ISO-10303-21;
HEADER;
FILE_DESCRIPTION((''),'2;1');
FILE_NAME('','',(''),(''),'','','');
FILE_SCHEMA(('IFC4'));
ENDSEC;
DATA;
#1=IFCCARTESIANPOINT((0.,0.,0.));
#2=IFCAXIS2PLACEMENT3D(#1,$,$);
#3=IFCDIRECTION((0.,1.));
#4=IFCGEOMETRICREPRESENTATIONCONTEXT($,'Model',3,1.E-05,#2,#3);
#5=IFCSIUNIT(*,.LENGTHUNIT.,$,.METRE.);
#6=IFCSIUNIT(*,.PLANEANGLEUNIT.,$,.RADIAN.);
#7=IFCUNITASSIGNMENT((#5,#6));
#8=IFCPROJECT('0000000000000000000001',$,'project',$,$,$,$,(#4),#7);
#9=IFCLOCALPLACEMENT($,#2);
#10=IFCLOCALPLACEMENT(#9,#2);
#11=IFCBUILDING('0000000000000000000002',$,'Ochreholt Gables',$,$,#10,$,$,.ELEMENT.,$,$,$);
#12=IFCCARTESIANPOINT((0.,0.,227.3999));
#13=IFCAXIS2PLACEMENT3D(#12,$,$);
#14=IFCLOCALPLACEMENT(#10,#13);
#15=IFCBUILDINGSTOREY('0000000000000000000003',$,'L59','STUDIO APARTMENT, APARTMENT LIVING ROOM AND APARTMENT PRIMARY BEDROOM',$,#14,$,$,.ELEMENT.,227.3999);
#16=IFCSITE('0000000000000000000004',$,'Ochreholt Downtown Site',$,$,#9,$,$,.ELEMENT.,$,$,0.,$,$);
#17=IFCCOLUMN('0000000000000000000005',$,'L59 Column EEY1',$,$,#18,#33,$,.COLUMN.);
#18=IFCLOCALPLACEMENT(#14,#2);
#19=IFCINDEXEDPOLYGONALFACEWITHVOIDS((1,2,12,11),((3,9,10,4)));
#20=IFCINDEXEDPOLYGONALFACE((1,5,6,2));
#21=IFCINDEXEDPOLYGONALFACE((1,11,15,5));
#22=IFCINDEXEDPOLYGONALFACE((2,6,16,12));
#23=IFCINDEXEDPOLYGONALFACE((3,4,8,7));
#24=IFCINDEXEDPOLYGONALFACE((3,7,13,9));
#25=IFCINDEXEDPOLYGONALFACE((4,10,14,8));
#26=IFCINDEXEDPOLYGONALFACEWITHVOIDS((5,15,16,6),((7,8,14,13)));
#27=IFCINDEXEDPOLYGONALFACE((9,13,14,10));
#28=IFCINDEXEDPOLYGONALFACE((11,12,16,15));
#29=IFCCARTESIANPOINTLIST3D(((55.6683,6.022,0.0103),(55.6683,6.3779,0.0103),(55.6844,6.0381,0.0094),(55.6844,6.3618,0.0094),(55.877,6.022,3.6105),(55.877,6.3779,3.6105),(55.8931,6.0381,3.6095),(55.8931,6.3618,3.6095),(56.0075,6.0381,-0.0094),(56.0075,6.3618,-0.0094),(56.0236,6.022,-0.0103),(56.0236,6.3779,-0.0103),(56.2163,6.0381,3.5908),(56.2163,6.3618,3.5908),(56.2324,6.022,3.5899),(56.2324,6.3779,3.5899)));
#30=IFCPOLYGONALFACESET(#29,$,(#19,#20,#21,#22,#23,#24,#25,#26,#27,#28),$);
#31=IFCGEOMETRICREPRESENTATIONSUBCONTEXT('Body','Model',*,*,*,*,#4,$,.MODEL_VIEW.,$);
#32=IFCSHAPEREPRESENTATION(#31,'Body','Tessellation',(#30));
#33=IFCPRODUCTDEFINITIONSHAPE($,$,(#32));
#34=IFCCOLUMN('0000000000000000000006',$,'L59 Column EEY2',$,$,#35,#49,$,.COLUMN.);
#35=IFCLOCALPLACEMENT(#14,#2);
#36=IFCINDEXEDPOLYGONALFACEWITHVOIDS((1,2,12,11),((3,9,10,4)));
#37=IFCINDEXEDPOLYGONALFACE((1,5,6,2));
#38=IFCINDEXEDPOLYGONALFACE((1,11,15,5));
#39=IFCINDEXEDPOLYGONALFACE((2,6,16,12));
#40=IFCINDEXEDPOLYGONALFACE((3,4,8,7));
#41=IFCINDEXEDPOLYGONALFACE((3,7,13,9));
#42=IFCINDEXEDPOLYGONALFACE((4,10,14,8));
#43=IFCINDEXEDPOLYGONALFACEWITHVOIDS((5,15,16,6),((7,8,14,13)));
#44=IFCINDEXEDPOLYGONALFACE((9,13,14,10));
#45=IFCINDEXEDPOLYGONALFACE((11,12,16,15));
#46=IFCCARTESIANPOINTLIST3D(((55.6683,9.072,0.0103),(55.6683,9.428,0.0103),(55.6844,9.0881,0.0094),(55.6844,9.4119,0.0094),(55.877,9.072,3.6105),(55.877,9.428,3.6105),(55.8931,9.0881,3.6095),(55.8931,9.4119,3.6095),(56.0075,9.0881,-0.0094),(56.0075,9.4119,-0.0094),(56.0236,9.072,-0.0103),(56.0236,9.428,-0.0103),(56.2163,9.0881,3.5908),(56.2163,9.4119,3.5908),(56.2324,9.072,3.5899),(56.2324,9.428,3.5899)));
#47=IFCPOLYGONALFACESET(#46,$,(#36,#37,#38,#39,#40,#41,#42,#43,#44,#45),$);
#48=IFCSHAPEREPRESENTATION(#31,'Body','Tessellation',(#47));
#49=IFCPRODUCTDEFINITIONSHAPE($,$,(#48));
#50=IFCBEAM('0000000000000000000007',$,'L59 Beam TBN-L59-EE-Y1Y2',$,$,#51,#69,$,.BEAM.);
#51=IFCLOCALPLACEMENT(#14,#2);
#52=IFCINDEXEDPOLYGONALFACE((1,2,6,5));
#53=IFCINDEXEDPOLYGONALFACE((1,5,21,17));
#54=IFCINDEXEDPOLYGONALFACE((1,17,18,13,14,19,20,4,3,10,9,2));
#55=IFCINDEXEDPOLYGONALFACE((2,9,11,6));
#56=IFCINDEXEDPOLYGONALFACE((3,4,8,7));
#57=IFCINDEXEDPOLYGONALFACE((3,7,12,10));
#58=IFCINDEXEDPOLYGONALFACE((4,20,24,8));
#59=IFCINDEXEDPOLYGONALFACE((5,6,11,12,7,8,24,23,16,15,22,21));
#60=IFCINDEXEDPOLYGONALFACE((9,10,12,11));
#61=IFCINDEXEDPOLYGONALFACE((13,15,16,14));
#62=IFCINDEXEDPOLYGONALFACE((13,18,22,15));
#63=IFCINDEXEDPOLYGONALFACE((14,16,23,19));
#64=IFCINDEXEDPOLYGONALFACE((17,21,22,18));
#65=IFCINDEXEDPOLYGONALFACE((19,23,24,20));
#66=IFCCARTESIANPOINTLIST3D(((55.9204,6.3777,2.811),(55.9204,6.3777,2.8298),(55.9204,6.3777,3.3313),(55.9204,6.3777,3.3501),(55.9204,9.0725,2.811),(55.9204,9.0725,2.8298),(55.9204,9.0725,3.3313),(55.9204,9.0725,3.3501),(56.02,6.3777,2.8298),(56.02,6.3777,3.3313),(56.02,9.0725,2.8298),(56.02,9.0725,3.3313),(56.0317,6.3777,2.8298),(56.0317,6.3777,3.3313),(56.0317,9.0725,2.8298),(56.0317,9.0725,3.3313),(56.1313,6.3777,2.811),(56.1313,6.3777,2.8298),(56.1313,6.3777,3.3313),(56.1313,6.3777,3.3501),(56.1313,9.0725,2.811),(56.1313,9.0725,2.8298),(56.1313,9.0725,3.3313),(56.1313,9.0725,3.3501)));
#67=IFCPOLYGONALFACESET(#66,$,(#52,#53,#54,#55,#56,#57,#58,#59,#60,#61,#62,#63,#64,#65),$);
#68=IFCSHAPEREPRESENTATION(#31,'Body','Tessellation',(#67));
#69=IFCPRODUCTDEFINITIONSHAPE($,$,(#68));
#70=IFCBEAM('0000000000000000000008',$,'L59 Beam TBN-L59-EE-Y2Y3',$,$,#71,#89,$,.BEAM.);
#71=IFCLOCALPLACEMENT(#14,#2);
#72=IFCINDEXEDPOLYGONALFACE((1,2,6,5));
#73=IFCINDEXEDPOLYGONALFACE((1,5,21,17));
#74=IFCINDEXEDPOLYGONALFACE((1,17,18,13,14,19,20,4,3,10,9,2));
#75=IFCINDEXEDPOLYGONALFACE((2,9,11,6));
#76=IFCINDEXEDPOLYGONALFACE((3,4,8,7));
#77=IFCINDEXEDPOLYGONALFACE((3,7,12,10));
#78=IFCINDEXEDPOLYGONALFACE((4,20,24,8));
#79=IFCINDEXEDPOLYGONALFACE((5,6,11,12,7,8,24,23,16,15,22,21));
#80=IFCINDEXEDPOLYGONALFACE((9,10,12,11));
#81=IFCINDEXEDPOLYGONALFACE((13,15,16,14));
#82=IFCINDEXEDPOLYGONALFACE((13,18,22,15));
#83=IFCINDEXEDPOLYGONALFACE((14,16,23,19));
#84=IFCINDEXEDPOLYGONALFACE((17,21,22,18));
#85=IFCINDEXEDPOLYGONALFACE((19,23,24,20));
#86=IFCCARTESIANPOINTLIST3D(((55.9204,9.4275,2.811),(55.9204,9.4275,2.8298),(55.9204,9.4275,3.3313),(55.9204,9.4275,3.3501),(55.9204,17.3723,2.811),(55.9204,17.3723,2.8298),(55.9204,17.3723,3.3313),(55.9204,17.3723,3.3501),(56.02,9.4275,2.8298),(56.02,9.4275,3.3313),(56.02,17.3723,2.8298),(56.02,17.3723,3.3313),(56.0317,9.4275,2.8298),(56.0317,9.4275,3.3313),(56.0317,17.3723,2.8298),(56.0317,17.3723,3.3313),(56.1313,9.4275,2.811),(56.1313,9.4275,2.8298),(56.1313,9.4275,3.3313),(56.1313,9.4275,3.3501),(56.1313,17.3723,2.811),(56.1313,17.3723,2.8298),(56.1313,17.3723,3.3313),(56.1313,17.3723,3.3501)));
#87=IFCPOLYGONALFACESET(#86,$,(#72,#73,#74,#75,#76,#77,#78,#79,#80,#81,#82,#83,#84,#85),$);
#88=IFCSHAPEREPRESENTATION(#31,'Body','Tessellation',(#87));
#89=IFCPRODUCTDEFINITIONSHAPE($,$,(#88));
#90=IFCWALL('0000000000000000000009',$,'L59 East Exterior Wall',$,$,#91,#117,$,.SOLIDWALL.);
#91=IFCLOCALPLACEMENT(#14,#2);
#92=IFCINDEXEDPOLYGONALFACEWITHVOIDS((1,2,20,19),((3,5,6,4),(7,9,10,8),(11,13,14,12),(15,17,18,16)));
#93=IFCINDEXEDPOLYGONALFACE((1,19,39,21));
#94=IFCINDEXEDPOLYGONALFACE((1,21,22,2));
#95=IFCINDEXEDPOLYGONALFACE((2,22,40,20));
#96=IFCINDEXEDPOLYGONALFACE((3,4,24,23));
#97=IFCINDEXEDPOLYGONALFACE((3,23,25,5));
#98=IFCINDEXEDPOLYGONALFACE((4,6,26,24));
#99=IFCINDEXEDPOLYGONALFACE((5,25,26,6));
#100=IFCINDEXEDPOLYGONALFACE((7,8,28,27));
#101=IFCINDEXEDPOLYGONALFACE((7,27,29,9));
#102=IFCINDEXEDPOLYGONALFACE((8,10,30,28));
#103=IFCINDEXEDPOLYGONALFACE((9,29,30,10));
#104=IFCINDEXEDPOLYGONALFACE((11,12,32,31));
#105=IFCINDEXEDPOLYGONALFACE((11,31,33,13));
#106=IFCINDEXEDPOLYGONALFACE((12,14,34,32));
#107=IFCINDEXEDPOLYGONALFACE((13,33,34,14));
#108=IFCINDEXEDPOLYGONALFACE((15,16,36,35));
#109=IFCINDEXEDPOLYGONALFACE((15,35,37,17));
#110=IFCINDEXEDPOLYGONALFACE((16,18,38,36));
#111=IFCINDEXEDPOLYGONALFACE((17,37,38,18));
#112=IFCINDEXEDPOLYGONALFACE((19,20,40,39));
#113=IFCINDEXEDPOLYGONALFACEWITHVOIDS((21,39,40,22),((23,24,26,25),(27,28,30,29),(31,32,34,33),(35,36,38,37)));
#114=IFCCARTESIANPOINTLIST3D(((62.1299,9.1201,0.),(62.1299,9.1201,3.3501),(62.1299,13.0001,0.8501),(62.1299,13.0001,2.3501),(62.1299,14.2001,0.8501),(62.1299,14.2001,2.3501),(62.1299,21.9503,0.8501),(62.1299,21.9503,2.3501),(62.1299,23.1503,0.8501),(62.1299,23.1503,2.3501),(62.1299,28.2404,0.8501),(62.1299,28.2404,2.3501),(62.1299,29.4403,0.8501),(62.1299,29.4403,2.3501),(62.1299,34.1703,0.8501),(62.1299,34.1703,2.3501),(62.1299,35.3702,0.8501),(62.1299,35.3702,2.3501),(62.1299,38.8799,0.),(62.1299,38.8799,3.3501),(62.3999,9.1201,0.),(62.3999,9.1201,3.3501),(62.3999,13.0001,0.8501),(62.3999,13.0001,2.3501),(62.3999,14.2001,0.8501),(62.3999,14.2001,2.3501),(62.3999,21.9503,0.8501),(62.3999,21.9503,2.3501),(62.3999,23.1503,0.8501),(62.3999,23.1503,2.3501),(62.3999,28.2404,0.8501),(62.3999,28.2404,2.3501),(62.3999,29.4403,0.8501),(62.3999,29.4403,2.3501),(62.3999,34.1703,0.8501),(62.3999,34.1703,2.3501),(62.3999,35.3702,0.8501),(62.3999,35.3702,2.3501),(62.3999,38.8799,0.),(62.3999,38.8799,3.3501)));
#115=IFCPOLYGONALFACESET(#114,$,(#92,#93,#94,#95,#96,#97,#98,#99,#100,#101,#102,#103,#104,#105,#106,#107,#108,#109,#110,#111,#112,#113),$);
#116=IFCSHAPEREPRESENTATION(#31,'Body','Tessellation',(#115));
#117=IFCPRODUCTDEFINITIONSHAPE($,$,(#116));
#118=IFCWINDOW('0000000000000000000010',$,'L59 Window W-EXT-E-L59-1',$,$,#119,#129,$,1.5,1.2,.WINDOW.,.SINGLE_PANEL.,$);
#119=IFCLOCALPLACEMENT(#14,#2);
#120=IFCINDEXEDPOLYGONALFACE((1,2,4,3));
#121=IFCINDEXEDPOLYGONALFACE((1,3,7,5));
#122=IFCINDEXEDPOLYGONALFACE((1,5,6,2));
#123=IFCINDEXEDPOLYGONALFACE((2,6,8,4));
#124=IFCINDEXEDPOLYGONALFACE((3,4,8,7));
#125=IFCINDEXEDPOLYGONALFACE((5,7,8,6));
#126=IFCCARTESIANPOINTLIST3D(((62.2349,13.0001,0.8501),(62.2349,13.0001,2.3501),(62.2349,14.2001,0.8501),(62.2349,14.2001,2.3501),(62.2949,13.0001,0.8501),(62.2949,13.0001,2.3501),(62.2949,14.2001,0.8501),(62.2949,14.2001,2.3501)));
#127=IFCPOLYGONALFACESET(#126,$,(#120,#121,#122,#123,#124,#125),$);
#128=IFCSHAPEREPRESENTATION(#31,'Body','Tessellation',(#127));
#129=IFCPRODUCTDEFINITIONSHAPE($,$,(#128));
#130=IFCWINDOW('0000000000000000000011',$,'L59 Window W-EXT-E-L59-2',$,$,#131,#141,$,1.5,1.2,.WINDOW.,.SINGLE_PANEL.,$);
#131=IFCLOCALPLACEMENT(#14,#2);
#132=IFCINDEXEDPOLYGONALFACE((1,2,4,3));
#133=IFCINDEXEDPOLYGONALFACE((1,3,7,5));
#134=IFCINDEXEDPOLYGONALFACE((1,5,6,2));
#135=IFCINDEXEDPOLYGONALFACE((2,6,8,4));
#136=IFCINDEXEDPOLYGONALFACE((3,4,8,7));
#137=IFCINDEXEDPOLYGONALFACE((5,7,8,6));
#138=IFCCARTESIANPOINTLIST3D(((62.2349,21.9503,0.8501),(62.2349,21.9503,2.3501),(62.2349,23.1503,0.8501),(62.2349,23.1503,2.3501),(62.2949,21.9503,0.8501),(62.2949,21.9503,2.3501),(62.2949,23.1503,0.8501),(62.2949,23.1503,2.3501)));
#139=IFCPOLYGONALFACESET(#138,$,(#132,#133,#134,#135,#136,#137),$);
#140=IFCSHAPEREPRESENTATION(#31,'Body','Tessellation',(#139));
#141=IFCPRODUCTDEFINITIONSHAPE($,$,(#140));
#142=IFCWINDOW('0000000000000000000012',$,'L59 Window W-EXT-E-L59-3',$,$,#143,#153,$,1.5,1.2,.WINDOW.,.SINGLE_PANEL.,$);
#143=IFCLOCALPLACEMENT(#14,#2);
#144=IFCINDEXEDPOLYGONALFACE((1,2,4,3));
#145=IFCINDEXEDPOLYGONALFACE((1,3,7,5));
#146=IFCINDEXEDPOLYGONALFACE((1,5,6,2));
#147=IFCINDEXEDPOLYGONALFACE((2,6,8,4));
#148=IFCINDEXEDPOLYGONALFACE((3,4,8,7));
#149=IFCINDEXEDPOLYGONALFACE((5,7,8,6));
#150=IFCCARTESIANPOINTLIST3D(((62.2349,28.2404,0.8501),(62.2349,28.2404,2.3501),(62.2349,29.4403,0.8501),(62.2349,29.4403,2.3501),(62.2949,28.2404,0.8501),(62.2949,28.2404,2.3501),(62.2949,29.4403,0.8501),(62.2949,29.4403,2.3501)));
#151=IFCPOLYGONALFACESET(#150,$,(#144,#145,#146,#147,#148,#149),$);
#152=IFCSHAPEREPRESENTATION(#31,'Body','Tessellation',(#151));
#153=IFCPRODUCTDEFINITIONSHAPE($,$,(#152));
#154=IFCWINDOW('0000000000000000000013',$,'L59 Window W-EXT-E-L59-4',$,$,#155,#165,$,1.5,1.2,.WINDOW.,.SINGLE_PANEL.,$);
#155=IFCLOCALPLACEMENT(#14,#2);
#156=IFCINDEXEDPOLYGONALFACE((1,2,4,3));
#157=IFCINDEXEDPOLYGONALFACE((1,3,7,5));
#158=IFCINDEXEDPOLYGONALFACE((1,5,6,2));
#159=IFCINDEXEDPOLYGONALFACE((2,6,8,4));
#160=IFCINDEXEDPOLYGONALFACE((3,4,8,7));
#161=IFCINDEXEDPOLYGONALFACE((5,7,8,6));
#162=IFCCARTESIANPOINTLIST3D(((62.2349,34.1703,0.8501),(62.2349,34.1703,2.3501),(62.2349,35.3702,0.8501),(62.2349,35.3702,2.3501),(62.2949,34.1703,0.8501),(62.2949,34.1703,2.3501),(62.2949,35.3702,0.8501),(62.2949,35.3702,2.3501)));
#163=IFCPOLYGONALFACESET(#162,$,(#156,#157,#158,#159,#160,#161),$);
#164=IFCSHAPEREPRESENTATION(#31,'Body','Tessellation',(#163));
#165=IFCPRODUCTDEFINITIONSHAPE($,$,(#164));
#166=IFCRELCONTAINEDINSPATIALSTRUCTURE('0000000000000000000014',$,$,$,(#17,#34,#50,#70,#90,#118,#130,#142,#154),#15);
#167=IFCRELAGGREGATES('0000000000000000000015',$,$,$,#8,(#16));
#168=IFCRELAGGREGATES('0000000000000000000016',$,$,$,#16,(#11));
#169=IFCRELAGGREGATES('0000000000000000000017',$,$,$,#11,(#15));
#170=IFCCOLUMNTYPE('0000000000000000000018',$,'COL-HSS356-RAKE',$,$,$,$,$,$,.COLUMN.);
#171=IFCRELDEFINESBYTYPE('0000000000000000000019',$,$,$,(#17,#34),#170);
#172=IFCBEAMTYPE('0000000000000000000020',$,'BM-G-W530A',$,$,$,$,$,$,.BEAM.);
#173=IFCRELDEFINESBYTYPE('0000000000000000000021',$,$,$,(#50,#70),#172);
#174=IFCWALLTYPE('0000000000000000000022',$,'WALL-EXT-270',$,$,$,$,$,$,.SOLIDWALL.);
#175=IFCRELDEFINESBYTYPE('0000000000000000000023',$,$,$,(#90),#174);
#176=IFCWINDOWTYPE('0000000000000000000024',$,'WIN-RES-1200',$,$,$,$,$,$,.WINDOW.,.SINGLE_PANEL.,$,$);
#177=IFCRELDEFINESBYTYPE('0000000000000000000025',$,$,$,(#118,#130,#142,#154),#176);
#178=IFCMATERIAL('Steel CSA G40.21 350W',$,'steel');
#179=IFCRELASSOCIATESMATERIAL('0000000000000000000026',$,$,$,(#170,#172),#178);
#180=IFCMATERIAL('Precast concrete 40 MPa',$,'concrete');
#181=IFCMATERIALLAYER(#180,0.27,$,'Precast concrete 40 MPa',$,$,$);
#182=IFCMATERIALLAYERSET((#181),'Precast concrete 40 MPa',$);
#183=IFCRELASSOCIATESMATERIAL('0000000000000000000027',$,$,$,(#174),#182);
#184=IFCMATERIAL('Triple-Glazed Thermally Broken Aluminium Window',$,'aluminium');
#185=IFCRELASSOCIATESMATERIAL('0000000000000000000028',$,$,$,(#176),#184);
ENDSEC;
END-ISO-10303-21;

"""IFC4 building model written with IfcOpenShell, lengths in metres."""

from ifc_helpers import new_model, si_unit, direction, frame, frame_2d, origin, origin_2d, place, context, subcontext, project, spatial, rectangle, hollow_rectangle, i_section, extrude, material, layer, layer_set, material_profile, profile_set, type_object, element, fill, save


model = new_model("IFC4")

# Units and contexts
model_context = context("Model", 3, precision=1e-05, world=origin(), true_north=direction((0.0, 1.0)))
body_context = subcontext(model_context, "Body", "Model", "MODEL_VIEW")
ifc_project = project(units=[si_unit("LENGTHUNIT", "METRE"), si_unit("PLANEANGLEUNIT", "RADIAN")], contexts=[model_context])

# Site, building, storey
site_placement = place(None, origin())
site = spatial("IfcSite", under=ifc_project, at=site_placement, Name="Ochreholt Downtown Site", CompositionType="ELEMENT", RefElevation=0.0)
building_placement = place(site_placement, origin())
building = spatial("IfcBuilding", under=site, at=building_placement, Name="Ochreholt Gables", CompositionType="ELEMENT")
storey_placement = place(building_placement, frame((0.0, 0.0, 227.3999)))
storey = spatial("IfcBuildingStorey", under=building, at=storey_placement, Name="L59", Description="STUDIO APARTMENT, APARTMENT LIVING ROOM AND APARTMENT PRIMARY BEDROOM", CompositionType="ELEMENT", Elevation=227.3999)

# Columns
ifc_material_1 = material(Name="Steel CSA G40.21 350W", Category="steel")
ifc_material_profile_1 = material_profile(ifc_material_1, hollow_rectangle(XDim=0.356, YDim=0.356, WallThickness=0.0161, at=origin_2d()), Name="HSS356X356X16")
ifc_profile_set_1 = profile_set([ifc_material_profile_1], Name="Steel CSA G40.21 350W")
column_type = type_object("IfcColumnType", Name="COL-HSS356-RAKE", PredefinedType="COLUMN", material=ifc_profile_set_1)
for number, where, z_axis, x_axis, name in (
    (1, (55.8459, 6.2, 0.0), (0.057885, 0.0, 0.998323), (0.0, 1.0, 0.0), "L59 Column EEY1"),
    (2, (55.8459, 9.25, 0.0), (0.057885, 0.0, 0.998323), (0.0, 1.0, 0.0), "L59 Column EEY2"),
):
    element("IfcColumn", number, at=place(storey_placement, frame(where, z_axis=z_axis, x_axis=x_axis)), inside=storey, type_object=column_type, Name=name, PredefinedType="COLUMN", context=body_context, shape_type="SweptSolid", body=[
        extrude(hollow_rectangle(XDim=0.356, YDim=0.356, WallThickness=0.0161, at=origin_2d()), origin(), (0.0, 0.0, 1.0), 3.6062),
    ])

# Beams
ifc_material_profile_2 = material_profile(ifc_material_1, i_section(OverallWidth=0.2109, OverallDepth=0.5391, WebThickness=0.0117, FlangeThickness=0.0188, at=origin_2d()), Name="W530X109")
ifc_profile_set_2 = profile_set([ifc_material_profile_2], Name="Steel CSA G40.21 350W")
beam_type = type_object("IfcBeamType", Name="BM-G-W530A", PredefinedType="BEAM", material=ifc_profile_set_2)
beam_1_placement = place(storey_placement, frame((56.0259, 6.3777, 3.0806), z_axis=(0.0, 1.0, 0.0), x_axis=(-1.0, 0.0, 0.0)))
element("IfcBeam", 3, at=beam_1_placement, inside=storey, type_object=beam_type, Name="L59 Beam TBN-L59-EE-Y1Y2", PredefinedType="BEAM", context=body_context, shape_type="SweptSolid", body=[
    extrude(i_section(OverallWidth=0.2109, OverallDepth=0.5391, WebThickness=0.0117, FlangeThickness=0.0188, at=origin_2d()), origin(), (0.0, 0.0, 1.0), 2.6948),
])
beam_2_placement = place(storey_placement, frame((56.0259, 9.4275, 3.0806), z_axis=(0.0, 1.0, 0.0), x_axis=(-1.0, 0.0, 0.0)))
element("IfcBeam", 4, at=beam_2_placement, inside=storey, type_object=beam_type, Name="L59 Beam TBN-L59-EE-Y2Y3", PredefinedType="BEAM", context=body_context, shape_type="SweptSolid", body=[
    extrude(i_section(OverallWidth=0.2109, OverallDepth=0.5391, WebThickness=0.0117, FlangeThickness=0.0188, at=origin_2d()), origin(), (0.0, 0.0, 1.0), 7.9448),
])

# Wall, openings, windows
ifc_material_2 = material(Name="Precast concrete 40 MPa", Category="concrete")
ifc_layer_1 = layer(ifc_material_2, 0.27, Name="Precast concrete 40 MPa")
ifc_layer_set_1 = layer_set([ifc_layer_1], Name="Precast concrete 40 MPa")
wall_type_1 = type_object("IfcWallType", Name="WALL-EXT-270", PredefinedType="SOLIDWALL", material=ifc_layer_set_1)
wall_1_placement = place(storey_placement, frame((62.2649, 9.1201, 0.0), z_axis=(0.0, 0.0, 1.0), x_axis=(0.0, 1.0, 0.0)))
wall_1 = element("IfcWall", 5, at=wall_1_placement, inside=storey, type_object=wall_type_1, Name="L59 East Exterior Wall", PredefinedType="SOLIDWALL", context=body_context, shape_type="SweptSolid", body=[
    extrude(rectangle(XDim=29.7598, YDim=0.27, at=frame_2d((14.8799, 0.0))), origin(), (0.0, 0.0, 1.0), 3.3501),
])
opening_1_placement = place(wall_1_placement, frame((3.8799, 0.0, 0.8501)))
opening_1 = element("IfcOpeningElement", 6, at=opening_1_placement, cuts=wall_1, PredefinedType="OPENING", context=body_context, shape_type="SweptSolid", body=[
    extrude(rectangle(XDim=1.2, YDim=1.5, at=frame_2d((0.6001, 0.75))), frame((0.0, 0.145, 0.0), z_axis=(0.0, -1.0, 0.0), x_axis=(1.0, 0.0, 0.0)), (0.0, 0.0, 1.0), 0.29),
])
opening_2_placement = place(wall_1_placement, frame((12.8301, 0.0, 0.8501)))
opening_2 = element("IfcOpeningElement", 7, at=opening_2_placement, cuts=wall_1, PredefinedType="OPENING", context=body_context, shape_type="SweptSolid", body=[
    extrude(rectangle(XDim=1.2, YDim=1.5, at=frame_2d((0.6001, 0.75))), frame((0.0, 0.145, 0.0), z_axis=(0.0, -1.0, 0.0), x_axis=(1.0, 0.0, 0.0)), (0.0, 0.0, 1.0), 0.29),
])
opening_3_placement = place(wall_1_placement, frame((19.1201, 0.0, 0.8501)))
opening_3 = element("IfcOpeningElement", 8, at=opening_3_placement, cuts=wall_1, PredefinedType="OPENING", context=body_context, shape_type="SweptSolid", body=[
    extrude(rectangle(XDim=1.2, YDim=1.5, at=frame_2d((0.6001, 0.75))), frame((0.0, 0.145, 0.0), z_axis=(0.0, -1.0, 0.0), x_axis=(1.0, 0.0, 0.0)), (0.0, 0.0, 1.0), 0.29),
])
opening_4_placement = place(wall_1_placement, frame((25.05, 0.0, 0.8501)))
opening_4 = element("IfcOpeningElement", 9, at=opening_4_placement, cuts=wall_1, PredefinedType="OPENING", context=body_context, shape_type="SweptSolid", body=[
    extrude(rectangle(XDim=1.2, YDim=1.5, at=frame_2d((0.6001, 0.75))), frame((0.0, 0.145, 0.0), z_axis=(0.0, -1.0, 0.0), x_axis=(1.0, 0.0, 0.0)), (0.0, 0.0, 1.0), 0.29),
])
ifc_material_3 = material(Name="Triple-Glazed Thermally Broken Aluminium Window", Category="aluminium")
window_type = type_object("IfcWindowType", Name="WIN-RES-1200", PartitioningType="SINGLE_PANEL", PredefinedType="WINDOW", material=ifc_material_3)
window_1_placement = place(opening_1_placement, origin())
window_1 = element("IfcWindow", 10, at=window_1_placement, inside=storey, type_object=window_type, Name="L59 Window W-EXT-E-L59-1", OverallHeight=1.5, OverallWidth=1.2, PartitioningType="SINGLE_PANEL", PredefinedType="WINDOW", context=body_context, shape_type="SweptSolid", body=[
    extrude(rectangle(XDim=1.2, YDim=1.5, at=frame_2d((0.6001, 0.75))), frame((0.0, 0.03, 0.0), z_axis=(0.0, -1.0, 0.0), x_axis=(1.0, 0.0, 0.0)), (0.0, 0.0, 1.0), 0.0601),
])
fill(opening_1, window_1)
window_2_placement = place(opening_2_placement, origin())
window_2 = element("IfcWindow", 11, at=window_2_placement, inside=storey, type_object=window_type, Name="L59 Window W-EXT-E-L59-2", OverallHeight=1.5, OverallWidth=1.2, PartitioningType="SINGLE_PANEL", PredefinedType="WINDOW", context=body_context, shape_type="SweptSolid", body=[
    extrude(rectangle(XDim=1.2, YDim=1.5, at=frame_2d((0.6001, 0.75))), frame((0.0, 0.03, 0.0), z_axis=(0.0, -1.0, 0.0), x_axis=(1.0, 0.0, 0.0)), (0.0, 0.0, 1.0), 0.0601),
])
fill(opening_2, window_2)
window_3_placement = place(opening_3_placement, origin())
window_3 = element("IfcWindow", 12, at=window_3_placement, inside=storey, type_object=window_type, Name="L59 Window W-EXT-E-L59-3", OverallHeight=1.5, OverallWidth=1.2, PartitioningType="SINGLE_PANEL", PredefinedType="WINDOW", context=body_context, shape_type="SweptSolid", body=[
    extrude(rectangle(XDim=1.2, YDim=1.5, at=frame_2d((0.6001, 0.75))), frame((0.0, 0.03, 0.0), z_axis=(0.0, -1.0, 0.0), x_axis=(1.0, 0.0, 0.0)), (0.0, 0.0, 1.0), 0.0601),
])
fill(opening_3, window_3)
window_4_placement = place(opening_4_placement, origin())
window_4 = element("IfcWindow", 13, at=window_4_placement, inside=storey, type_object=window_type, Name="L59 Window W-EXT-E-L59-4", OverallHeight=1.5, OverallWidth=1.2, PartitioningType="SINGLE_PANEL", PredefinedType="WINDOW", context=body_context, shape_type="SweptSolid", body=[
    extrude(rectangle(XDim=1.2, YDim=1.5, at=frame_2d((0.6001, 0.75))), frame((0.0, 0.03, 0.0), z_axis=(0.0, -1.0, 0.0), x_axis=(1.0, 0.0, 0.0)), (0.0, 0.0, 1.0), 0.0601),
])
fill(opening_4, window_4)

save(model, "model.ifc")
